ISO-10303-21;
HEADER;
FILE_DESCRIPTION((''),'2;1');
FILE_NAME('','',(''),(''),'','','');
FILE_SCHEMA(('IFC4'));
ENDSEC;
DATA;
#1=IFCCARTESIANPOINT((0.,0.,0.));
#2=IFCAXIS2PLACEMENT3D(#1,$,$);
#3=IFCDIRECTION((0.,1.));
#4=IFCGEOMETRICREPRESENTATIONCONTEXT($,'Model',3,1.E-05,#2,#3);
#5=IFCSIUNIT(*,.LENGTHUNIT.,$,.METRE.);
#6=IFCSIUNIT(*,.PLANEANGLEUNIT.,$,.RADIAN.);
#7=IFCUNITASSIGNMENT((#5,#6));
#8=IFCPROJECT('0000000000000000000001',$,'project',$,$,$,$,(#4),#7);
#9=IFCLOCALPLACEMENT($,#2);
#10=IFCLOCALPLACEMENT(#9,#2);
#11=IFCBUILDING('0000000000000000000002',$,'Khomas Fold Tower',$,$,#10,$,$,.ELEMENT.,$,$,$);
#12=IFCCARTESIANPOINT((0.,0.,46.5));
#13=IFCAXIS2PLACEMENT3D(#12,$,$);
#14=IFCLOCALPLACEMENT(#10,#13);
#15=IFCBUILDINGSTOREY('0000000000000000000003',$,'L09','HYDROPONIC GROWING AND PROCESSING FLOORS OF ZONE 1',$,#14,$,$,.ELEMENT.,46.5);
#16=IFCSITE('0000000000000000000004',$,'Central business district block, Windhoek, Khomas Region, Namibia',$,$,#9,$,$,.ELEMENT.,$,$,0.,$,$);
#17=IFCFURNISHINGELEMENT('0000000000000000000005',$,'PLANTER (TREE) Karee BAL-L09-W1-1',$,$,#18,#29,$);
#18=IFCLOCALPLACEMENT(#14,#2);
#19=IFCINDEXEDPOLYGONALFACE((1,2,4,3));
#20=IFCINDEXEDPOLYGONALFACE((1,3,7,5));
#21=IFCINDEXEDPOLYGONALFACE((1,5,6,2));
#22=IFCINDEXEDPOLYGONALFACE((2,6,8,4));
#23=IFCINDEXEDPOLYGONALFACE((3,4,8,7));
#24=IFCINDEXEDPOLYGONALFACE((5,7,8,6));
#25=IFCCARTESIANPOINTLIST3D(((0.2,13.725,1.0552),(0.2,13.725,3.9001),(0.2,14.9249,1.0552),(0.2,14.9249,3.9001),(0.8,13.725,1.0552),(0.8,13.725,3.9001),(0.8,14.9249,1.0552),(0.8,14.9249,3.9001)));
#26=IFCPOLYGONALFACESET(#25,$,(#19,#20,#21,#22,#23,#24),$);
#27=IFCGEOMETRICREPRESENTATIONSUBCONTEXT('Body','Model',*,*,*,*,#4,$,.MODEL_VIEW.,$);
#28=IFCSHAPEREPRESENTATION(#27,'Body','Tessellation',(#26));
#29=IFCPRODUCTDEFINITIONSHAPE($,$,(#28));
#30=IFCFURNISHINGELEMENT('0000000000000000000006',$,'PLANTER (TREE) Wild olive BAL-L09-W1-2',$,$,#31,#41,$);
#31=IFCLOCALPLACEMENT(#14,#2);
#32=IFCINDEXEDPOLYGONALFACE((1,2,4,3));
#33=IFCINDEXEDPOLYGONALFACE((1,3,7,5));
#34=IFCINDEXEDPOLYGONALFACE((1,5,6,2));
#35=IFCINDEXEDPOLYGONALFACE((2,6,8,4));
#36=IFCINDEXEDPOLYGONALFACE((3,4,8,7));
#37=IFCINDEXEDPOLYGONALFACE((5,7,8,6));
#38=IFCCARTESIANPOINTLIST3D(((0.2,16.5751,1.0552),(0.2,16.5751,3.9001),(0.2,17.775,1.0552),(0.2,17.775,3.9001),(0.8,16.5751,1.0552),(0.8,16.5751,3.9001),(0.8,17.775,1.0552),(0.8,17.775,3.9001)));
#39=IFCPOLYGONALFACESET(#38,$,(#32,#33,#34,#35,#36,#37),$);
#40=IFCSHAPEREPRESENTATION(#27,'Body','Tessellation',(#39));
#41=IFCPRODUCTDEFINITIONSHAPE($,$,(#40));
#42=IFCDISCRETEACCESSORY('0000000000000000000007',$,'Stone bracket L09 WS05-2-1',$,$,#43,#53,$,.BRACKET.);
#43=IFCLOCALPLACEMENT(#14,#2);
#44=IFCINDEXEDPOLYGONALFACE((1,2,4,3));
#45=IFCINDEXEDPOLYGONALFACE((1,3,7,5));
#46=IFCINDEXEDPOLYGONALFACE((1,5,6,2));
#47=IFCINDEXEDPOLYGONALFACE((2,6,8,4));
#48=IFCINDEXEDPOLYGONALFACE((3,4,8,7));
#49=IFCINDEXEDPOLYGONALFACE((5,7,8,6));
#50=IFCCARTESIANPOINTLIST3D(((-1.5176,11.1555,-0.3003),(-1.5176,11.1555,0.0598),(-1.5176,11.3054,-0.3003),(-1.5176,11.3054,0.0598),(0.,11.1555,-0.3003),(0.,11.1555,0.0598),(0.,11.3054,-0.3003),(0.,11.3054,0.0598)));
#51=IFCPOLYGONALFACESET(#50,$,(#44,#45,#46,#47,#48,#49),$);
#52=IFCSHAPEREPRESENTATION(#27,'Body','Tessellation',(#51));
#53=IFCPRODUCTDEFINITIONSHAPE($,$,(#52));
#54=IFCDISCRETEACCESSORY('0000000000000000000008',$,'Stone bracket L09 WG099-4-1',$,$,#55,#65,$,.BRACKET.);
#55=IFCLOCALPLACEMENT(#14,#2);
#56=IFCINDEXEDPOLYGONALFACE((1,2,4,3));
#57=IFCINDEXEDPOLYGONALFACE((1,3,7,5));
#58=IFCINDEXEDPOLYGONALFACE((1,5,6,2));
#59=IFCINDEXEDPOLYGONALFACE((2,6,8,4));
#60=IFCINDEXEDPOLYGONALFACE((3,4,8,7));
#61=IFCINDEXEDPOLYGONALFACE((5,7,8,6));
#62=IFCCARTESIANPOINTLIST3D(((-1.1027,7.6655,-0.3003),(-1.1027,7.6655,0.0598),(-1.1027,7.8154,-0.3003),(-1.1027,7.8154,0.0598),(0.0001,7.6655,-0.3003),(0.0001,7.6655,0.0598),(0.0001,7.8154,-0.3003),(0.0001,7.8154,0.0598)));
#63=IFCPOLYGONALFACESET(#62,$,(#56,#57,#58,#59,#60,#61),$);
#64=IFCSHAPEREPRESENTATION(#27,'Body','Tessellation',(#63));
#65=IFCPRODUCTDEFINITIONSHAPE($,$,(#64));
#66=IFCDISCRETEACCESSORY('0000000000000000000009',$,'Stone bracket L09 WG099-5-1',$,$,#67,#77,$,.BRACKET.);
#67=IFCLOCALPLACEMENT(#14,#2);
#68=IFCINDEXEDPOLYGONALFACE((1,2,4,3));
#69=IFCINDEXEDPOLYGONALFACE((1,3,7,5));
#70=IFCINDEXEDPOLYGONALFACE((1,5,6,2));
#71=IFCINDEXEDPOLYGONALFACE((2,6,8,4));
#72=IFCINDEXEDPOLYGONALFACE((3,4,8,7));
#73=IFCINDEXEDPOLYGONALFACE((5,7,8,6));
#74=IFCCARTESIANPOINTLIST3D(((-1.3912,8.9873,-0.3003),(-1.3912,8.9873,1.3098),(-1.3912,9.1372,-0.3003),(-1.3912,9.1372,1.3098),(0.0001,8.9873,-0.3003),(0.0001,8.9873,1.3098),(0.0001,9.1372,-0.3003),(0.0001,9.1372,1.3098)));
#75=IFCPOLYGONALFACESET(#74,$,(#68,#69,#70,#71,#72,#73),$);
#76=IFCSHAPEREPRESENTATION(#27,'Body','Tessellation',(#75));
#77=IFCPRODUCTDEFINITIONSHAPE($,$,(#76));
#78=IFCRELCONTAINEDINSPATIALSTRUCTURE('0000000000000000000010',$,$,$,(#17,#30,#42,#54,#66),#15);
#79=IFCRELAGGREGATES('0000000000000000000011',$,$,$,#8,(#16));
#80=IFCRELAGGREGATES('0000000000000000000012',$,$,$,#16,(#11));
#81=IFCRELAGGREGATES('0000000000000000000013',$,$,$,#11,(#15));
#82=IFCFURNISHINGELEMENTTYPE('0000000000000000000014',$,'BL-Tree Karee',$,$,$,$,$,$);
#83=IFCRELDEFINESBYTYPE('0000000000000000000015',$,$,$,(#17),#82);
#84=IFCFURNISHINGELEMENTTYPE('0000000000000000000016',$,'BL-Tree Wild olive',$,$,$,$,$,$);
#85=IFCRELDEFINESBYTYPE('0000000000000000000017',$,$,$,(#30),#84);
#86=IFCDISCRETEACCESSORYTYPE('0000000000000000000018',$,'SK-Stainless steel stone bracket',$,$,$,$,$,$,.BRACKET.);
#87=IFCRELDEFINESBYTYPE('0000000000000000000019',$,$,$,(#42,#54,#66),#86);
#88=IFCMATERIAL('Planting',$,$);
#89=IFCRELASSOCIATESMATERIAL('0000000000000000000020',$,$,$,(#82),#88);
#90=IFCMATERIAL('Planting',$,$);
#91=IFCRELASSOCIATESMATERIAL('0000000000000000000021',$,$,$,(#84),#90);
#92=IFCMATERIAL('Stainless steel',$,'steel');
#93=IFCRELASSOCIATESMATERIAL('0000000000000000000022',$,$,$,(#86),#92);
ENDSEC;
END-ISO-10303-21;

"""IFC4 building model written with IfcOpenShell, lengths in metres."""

from ifc_helpers import new_model, si_unit, direction, frame, origin, origin_2d, place, context, subcontext, project, spatial, rectangle, extrude, source, transform, mapped, material, type_object, element, save


model = new_model("IFC4")

# Units and contexts
model_context = context("Model", 3, precision=1e-05, world=origin(), true_north=direction((0.0, 1.0)))
body_context = subcontext(model_context, "Body", "Model", "MODEL_VIEW")
ifc_project = project(units=[si_unit("LENGTHUNIT", "METRE"), si_unit("PLANEANGLEUNIT", "RADIAN")], contexts=[model_context])

# Site, building, storey
site_placement = place(None, origin())
site = spatial("IfcSite", under=ifc_project, at=site_placement, Name="Central business district block, Windhoek, Khomas Region, Namibia", CompositionType="ELEMENT", RefElevation=0.0)
building_placement = place(site_placement, origin())
building = spatial("IfcBuilding", under=site, at=building_placement, Name="Khomas Fold Tower", CompositionType="ELEMENT")
storey_placement = place(building_placement, frame((0.0, 0.0, 46.5)))
storey = spatial("IfcBuildingStorey", under=building, at=storey_placement, Name="L09", Description="HYDROPONIC GROWING AND PROCESSING FLOORS OF ZONE 1", CompositionType="ELEMENT", Elevation=46.5)

# Furnishing elements
ifc_material_1 = material(Name="Planting")
furnishing_element_type_1 = type_object("IfcFurnishingElementType", Name="BL-Tree Karee", material=ifc_material_1)
shared_shape_1 = source(origin(), body_context, "Body", "SweptSolid", [
    extrude(rectangle(XDim=1.2, YDim=0.6001, at=origin_2d()), origin(), (0.0, 0.0, 1.0), 2.845),
])
furnishing_1_placement = place(storey_placement, frame((0.5, 14.325, 1.0552), z_axis=(0.0, 0.0, 1.0), x_axis=(0.0, 1.0, 0.0)))
element("IfcFurnishingElement", 1, at=furnishing_1_placement, inside=storey, type_object=furnishing_element_type_1, Name="PLANTER (TREE) Karee BAL-L09-W1-1", context=body_context, shape_type="MappedRepresentation", body=[
    mapped(shared_shape_1, transform((0.0, 0.0, 0.0))),
])
ifc_material_2 = material(Name="Planting")
furnishing_element_type_2 = type_object("IfcFurnishingElementType", Name="BL-Tree Wild olive", material=ifc_material_2)
furnishing_2_placement = place(storey_placement, frame((0.5, 17.175, 1.0552), z_axis=(0.0, 0.0, 1.0), x_axis=(0.0, 1.0, 0.0)))
element("IfcFurnishingElement", 2, at=furnishing_2_placement, inside=storey, type_object=furnishing_element_type_2, Name="PLANTER (TREE) Wild olive BAL-L09-W1-2", context=body_context, shape_type="MappedRepresentation", body=[
    mapped(shared_shape_1, transform((0.0, 0.0, 0.0))),
])

# Discrete accessories
ifc_material_3 = material(Name="Stainless steel", Category="steel")
discrete_accessory_type = type_object("IfcDiscreteAccessoryType", Name="SK-Stainless steel stone bracket", PredefinedType="BRACKET", material=ifc_material_3)
shared_shape_2 = source(origin(), body_context, "Body", "SweptSolid", [
    extrude(rectangle(XDim=1.5176, YDim=0.1499, at=origin_2d()), origin(), (0.0, 0.0, 1.0), 0.3601),
])
discrete_accessory_1_placement = place(storey_placement, frame((-0.7588, 11.2305, -0.3003), z_axis=(0.0, 0.0, 1.0), x_axis=(-1.0, 0.0, 0.0)))
element("IfcDiscreteAccessory", 3, at=discrete_accessory_1_placement, inside=storey, type_object=discrete_accessory_type, Name="Stone bracket L09 WS05-2-1", PredefinedType="BRACKET", context=body_context, shape_type="MappedRepresentation", body=[
    mapped(shared_shape_2, transform((0.0, 0.0, 0.0))),
])
shared_shape_3 = source(origin(), body_context, "Body", "SweptSolid", [
    extrude(rectangle(XDim=1.1028, YDim=0.1499, at=origin_2d()), origin(), (0.0, 0.0, 1.0), 0.3601),
])
discrete_accessory_2_placement = place(storey_placement, frame((-0.5513, 7.7405, -0.3003), z_axis=(0.0, 0.0, 1.0), x_axis=(-1.0, 0.0, 0.0)))
element("IfcDiscreteAccessory", 4, at=discrete_accessory_2_placement, inside=storey, type_object=discrete_accessory_type, Name="Stone bracket L09 WG099-4-1", PredefinedType="BRACKET", context=body_context, shape_type="MappedRepresentation", body=[
    mapped(shared_shape_3, transform((0.0, 0.0, 0.0))),
])
shared_shape_4 = source(origin(), body_context, "Body", "SweptSolid", [
    extrude(rectangle(XDim=1.3914, YDim=0.1499, at=origin_2d()), origin(), (0.0, 0.0, 1.0), 1.6101),
])
discrete_accessory_3_placement = place(storey_placement, frame((-0.6956, 9.0623, -0.3003), z_axis=(0.0, 0.0, 1.0), x_axis=(-1.0, 0.0, 0.0)))
element("IfcDiscreteAccessory", 5, at=discrete_accessory_3_placement, inside=storey, type_object=discrete_accessory_type, Name="Stone bracket L09 WG099-5-1", PredefinedType="BRACKET", context=body_context, shape_type="MappedRepresentation", body=[
    mapped(shared_shape_4, transform((0.0, 0.0, 0.0))),
])

save(model, "model.ifc")
